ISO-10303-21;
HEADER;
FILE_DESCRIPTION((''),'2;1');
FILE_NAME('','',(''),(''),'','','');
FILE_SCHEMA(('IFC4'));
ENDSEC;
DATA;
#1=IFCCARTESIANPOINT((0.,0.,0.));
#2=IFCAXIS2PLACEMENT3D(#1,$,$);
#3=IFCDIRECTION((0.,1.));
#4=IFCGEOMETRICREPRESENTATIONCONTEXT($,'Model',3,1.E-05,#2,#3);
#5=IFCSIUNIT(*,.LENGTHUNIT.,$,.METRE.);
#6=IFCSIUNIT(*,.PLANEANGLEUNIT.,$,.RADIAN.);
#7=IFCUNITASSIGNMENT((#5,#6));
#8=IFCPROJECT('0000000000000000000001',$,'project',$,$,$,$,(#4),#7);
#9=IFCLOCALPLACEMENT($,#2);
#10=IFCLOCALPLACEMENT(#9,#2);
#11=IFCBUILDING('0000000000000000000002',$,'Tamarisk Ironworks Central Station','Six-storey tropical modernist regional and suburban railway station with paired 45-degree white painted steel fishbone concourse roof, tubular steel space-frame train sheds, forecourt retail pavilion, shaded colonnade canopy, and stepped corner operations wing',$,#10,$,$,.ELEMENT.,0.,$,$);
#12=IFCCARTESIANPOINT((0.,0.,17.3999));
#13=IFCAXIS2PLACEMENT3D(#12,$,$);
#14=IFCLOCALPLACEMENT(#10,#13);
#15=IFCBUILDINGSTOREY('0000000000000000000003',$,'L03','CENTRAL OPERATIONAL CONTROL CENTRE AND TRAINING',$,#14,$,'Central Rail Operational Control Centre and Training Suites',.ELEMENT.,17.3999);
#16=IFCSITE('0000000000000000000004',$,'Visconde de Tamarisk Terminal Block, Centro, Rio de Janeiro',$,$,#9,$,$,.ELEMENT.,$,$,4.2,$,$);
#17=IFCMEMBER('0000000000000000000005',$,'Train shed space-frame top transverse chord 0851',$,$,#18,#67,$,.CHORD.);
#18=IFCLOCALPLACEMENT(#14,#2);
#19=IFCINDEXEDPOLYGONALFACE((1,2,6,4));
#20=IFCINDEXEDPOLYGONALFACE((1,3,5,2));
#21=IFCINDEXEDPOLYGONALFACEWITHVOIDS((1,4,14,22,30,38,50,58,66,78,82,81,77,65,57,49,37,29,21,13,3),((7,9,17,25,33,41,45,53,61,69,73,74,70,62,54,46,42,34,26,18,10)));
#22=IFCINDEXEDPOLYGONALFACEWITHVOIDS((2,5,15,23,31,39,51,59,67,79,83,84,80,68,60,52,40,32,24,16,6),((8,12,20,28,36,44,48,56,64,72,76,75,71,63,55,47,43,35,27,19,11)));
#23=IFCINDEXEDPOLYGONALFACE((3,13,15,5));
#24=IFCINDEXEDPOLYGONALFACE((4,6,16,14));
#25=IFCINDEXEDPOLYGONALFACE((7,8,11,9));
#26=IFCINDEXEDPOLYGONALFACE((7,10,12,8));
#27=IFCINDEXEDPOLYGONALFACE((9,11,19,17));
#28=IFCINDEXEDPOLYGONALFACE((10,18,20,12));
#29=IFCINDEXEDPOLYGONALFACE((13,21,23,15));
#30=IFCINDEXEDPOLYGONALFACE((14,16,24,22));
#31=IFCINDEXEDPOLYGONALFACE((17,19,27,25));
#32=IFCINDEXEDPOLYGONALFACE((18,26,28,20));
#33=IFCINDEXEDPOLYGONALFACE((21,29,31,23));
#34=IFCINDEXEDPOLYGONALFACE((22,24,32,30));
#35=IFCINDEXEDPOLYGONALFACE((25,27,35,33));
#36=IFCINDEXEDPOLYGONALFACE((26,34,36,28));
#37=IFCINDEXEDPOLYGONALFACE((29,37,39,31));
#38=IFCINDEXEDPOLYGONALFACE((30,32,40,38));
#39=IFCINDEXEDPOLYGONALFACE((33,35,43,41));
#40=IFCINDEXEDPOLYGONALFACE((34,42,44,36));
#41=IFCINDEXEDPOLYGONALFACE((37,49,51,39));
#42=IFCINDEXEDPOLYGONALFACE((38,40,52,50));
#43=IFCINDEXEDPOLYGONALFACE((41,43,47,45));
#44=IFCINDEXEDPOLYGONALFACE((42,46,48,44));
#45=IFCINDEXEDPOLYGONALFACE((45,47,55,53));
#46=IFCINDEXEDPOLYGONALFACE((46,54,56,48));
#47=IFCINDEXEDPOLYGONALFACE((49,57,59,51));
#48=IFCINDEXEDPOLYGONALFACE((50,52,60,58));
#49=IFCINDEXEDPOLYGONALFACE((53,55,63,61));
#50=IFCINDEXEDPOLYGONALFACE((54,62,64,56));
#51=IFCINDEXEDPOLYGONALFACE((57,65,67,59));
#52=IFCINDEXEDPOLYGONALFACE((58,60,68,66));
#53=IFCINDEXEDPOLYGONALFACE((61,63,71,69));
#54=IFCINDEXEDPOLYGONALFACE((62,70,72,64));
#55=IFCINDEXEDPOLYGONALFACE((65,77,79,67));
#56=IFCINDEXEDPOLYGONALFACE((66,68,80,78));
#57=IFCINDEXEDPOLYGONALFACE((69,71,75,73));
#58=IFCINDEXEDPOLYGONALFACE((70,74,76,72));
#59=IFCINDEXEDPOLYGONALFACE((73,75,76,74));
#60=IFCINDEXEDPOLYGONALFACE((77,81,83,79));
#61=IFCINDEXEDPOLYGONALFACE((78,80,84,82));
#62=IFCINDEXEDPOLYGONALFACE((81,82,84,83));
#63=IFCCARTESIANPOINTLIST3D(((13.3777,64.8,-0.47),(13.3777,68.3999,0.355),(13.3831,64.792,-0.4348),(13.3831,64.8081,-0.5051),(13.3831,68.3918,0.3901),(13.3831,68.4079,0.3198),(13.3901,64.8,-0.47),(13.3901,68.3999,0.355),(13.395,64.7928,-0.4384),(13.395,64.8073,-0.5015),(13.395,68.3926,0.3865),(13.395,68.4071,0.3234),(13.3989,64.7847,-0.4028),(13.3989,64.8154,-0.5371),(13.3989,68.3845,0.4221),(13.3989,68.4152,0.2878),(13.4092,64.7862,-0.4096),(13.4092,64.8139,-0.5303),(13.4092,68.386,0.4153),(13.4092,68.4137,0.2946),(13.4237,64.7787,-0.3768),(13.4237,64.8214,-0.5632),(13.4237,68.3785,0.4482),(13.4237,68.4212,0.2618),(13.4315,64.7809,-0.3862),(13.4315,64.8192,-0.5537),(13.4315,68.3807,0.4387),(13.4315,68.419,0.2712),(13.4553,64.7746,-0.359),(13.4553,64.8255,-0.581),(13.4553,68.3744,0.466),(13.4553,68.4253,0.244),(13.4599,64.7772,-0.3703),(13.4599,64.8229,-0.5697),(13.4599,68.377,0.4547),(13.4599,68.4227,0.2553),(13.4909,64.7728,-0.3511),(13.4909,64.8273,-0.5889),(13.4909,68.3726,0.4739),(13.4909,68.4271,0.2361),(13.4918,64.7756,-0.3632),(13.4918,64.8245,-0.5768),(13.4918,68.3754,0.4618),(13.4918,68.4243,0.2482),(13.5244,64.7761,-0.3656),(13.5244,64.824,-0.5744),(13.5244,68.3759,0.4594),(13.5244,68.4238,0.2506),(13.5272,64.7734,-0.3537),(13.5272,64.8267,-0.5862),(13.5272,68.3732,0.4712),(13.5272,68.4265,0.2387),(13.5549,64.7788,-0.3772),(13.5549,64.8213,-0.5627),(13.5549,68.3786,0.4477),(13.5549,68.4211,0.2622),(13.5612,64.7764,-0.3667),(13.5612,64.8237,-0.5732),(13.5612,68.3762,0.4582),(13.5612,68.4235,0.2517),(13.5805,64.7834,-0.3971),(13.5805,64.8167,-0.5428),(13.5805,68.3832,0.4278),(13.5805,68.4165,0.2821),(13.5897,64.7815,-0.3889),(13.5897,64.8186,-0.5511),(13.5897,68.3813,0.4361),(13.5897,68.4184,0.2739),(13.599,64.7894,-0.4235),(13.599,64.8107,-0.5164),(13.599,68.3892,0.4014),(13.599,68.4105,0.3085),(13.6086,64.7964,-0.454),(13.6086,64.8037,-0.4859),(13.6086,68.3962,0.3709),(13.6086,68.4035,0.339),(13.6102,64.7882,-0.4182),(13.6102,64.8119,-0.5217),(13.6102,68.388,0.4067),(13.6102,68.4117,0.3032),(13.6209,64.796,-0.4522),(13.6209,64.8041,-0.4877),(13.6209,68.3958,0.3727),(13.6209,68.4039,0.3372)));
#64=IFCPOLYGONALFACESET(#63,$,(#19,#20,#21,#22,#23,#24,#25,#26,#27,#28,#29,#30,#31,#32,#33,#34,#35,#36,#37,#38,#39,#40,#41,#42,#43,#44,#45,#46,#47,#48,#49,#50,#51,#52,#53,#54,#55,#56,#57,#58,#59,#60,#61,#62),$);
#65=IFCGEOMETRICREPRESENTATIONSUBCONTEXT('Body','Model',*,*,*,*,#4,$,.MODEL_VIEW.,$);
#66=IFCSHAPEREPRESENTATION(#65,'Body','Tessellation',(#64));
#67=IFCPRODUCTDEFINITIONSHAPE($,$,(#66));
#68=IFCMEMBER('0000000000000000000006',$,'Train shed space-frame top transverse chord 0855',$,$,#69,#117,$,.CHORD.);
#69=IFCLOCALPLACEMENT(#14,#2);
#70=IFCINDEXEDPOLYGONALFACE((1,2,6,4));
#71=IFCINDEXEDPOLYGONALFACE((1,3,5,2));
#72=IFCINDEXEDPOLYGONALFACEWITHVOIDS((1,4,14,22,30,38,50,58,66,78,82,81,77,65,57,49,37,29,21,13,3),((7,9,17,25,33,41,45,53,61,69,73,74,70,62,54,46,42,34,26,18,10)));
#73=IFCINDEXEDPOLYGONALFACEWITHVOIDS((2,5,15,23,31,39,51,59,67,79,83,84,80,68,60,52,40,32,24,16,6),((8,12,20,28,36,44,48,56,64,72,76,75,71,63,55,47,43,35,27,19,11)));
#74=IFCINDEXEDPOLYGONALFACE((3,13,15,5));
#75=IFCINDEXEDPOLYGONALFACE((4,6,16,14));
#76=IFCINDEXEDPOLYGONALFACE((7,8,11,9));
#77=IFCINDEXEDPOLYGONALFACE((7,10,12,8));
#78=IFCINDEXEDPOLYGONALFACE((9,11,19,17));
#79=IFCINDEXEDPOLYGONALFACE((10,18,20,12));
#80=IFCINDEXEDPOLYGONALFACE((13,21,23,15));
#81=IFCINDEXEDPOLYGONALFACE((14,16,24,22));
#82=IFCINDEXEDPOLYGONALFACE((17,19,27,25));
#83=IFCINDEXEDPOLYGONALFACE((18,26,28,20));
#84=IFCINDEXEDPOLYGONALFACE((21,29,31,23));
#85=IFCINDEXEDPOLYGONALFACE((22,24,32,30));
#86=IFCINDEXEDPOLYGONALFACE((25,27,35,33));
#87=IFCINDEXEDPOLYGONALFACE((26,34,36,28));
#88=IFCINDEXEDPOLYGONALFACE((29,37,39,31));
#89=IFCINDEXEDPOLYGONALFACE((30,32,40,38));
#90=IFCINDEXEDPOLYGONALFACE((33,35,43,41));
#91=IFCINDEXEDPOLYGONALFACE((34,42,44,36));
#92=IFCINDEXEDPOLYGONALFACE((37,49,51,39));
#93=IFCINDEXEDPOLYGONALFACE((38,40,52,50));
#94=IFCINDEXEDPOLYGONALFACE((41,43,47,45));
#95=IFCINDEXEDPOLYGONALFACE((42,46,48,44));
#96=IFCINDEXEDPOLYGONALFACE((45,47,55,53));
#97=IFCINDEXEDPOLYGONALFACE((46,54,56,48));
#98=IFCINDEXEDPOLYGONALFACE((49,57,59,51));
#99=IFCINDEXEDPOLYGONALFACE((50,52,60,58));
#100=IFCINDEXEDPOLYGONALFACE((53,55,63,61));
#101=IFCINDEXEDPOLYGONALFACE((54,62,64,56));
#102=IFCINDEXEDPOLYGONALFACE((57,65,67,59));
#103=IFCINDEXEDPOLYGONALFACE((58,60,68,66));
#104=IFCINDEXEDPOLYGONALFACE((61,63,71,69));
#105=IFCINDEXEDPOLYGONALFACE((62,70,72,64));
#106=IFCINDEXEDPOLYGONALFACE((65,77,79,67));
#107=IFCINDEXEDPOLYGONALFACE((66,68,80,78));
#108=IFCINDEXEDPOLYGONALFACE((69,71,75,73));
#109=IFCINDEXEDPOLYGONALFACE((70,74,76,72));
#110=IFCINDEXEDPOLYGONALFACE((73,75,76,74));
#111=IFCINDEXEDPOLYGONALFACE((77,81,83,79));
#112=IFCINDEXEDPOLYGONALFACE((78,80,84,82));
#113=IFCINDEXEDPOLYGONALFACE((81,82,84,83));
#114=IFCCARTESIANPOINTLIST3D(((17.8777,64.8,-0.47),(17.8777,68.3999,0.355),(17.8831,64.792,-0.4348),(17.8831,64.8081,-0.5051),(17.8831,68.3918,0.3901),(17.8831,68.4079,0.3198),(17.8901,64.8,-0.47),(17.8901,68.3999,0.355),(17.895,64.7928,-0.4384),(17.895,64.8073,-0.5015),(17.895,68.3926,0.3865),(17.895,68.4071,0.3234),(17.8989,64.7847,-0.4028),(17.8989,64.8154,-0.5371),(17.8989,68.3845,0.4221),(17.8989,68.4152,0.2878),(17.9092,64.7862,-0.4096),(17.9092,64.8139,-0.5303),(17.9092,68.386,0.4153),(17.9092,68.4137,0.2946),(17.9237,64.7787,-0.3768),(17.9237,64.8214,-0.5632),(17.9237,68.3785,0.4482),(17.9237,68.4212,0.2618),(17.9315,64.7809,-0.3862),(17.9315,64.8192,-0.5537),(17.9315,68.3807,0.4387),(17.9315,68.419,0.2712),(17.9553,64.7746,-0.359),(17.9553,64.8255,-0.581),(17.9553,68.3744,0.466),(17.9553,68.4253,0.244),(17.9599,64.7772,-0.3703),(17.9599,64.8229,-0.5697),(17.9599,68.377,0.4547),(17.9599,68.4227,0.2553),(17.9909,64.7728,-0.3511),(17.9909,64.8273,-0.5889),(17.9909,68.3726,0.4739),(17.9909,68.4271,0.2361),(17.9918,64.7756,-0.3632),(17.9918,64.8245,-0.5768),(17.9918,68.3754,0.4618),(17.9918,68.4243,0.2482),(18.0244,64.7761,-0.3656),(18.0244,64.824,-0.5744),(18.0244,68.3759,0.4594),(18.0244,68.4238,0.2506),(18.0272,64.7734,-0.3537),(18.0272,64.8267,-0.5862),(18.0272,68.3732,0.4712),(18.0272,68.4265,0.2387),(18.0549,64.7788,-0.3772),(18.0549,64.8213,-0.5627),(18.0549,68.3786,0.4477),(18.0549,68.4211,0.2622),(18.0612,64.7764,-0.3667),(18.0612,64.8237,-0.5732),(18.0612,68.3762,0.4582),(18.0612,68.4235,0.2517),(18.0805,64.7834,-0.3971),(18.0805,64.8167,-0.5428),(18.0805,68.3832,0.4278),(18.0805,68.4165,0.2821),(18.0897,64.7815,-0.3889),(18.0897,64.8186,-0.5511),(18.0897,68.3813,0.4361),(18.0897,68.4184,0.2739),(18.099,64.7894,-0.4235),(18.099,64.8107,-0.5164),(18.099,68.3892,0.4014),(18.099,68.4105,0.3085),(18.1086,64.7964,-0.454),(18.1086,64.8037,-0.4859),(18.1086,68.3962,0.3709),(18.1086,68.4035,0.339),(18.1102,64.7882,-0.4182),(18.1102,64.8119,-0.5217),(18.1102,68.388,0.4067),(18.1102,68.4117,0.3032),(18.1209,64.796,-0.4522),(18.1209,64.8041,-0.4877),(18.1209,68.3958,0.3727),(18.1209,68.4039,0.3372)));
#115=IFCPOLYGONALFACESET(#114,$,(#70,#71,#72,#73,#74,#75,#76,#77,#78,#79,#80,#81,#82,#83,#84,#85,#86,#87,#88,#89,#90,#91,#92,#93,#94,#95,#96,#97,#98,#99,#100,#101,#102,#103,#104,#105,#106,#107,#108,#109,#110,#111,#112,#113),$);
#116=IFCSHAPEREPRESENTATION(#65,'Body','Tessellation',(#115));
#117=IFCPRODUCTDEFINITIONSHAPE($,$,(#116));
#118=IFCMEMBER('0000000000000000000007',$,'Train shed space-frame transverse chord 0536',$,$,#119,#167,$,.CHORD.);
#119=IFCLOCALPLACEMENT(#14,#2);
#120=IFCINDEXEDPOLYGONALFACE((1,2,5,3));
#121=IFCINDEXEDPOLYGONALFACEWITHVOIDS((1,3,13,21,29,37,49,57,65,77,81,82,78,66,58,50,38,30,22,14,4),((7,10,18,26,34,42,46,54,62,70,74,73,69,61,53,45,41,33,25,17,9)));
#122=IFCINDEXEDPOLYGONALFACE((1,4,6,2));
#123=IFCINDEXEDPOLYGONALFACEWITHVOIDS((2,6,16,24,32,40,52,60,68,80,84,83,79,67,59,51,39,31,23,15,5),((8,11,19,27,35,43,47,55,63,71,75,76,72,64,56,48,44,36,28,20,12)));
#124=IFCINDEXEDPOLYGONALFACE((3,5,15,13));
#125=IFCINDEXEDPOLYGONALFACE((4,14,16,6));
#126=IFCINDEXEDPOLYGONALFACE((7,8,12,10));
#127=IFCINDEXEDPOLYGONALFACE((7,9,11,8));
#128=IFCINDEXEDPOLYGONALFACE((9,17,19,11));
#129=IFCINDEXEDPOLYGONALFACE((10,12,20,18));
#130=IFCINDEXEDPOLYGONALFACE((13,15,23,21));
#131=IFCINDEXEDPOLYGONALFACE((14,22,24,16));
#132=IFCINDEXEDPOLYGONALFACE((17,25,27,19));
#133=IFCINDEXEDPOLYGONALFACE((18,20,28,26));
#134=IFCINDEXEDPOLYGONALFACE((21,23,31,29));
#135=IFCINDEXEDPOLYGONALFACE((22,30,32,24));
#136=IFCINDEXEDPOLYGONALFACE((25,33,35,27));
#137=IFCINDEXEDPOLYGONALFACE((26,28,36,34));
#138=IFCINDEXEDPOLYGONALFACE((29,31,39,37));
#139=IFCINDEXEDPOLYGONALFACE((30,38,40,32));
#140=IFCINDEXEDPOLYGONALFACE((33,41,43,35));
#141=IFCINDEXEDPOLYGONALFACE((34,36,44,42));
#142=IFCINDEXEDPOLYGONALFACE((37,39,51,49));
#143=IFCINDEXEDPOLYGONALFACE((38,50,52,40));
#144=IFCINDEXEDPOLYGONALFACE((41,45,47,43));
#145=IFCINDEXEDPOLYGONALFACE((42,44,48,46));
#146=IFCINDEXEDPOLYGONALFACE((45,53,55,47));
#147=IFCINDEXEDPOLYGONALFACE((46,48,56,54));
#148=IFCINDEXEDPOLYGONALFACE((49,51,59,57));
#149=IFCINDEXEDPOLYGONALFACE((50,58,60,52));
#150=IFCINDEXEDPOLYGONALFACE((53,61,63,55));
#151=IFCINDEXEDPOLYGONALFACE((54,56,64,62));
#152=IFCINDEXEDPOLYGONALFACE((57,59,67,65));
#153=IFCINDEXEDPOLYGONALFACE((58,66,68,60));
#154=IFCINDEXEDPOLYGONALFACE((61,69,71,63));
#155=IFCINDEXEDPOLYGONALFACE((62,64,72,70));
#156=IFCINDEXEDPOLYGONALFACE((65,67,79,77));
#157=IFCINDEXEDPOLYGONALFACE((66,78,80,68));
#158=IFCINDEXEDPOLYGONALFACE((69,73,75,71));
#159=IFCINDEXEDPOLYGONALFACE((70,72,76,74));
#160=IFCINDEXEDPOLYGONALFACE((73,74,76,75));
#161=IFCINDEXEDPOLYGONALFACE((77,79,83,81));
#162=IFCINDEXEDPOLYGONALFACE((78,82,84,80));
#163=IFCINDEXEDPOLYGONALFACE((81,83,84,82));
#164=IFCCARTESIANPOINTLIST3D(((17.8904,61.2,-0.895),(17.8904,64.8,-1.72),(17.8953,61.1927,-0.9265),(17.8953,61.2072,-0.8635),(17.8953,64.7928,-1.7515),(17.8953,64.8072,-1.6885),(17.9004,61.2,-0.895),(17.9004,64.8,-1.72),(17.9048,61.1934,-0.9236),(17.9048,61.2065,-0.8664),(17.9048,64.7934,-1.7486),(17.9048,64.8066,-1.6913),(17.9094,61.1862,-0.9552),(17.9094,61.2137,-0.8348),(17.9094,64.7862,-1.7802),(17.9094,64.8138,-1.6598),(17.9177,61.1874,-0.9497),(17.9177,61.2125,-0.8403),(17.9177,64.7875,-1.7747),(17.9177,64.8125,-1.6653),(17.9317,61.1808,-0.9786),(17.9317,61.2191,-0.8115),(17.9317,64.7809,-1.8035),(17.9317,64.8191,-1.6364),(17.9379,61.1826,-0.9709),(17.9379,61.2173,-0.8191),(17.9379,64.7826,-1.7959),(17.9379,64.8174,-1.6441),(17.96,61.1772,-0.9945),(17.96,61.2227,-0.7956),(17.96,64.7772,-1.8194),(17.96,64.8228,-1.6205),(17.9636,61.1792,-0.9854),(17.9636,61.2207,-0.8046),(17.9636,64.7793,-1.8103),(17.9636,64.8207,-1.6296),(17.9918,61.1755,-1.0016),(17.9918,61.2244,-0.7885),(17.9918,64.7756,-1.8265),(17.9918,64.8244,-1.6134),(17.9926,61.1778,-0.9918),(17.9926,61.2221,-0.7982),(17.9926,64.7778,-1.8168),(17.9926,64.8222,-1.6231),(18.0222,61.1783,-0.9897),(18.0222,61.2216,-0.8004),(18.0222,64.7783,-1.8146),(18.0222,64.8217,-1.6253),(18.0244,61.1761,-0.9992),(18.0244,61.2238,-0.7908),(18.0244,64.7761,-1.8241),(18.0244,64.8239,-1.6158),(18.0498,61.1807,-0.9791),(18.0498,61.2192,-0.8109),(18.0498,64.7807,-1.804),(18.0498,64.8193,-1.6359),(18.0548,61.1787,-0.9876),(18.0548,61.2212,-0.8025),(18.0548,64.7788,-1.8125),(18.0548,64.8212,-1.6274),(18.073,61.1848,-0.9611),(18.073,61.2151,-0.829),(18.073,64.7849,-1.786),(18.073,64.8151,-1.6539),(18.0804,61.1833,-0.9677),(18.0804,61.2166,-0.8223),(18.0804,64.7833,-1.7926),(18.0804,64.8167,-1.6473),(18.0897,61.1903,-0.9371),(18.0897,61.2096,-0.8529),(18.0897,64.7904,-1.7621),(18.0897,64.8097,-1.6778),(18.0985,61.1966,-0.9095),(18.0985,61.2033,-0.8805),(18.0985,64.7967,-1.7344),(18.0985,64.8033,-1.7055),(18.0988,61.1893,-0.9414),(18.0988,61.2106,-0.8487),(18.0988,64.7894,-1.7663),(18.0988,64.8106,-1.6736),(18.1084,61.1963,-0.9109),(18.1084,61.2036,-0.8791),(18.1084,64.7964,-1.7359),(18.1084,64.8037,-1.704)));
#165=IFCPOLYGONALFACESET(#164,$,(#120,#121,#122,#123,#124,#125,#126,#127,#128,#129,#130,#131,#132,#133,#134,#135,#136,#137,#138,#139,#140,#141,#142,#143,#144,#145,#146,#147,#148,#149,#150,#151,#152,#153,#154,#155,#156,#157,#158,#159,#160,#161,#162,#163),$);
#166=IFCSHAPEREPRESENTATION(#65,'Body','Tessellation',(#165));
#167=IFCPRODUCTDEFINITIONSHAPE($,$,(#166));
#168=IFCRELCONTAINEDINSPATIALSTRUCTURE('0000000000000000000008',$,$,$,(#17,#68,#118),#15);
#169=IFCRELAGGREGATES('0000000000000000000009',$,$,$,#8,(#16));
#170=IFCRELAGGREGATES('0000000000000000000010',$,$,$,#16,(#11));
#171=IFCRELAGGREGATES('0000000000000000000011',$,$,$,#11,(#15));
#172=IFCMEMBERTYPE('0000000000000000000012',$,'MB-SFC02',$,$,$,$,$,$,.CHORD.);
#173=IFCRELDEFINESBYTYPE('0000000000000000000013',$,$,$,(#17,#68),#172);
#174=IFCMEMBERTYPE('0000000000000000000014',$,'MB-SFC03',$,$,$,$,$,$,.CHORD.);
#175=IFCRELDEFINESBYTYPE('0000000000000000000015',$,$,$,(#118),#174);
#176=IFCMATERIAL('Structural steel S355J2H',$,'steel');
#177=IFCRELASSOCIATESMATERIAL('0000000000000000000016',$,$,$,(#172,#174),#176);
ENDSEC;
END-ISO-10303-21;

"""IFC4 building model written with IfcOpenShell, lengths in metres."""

from ifc_helpers import new_model, si_unit, direction, frame, origin, origin_2d, place, context, subcontext, project, spatial, hollow_circle, extrude, material, material_profile, profile_set, type_object, element, save


model = new_model("IFC4")

# Units and contexts
model_context = context("Model", 3, precision=1e-05, world=origin(), true_north=direction((0.0, 1.0)))
body_context = subcontext(model_context, "Body", "Model", "MODEL_VIEW")
ifc_project = project(units=[si_unit("LENGTHUNIT", "METRE"), si_unit("PLANEANGLEUNIT", "RADIAN")], contexts=[model_context])

# Site, building, storey
site_placement = place(None, origin())
site = spatial("IfcSite", under=ifc_project, at=site_placement, Name="Visconde de Tamarisk Terminal Block, Centro, Rio de Janeiro", CompositionType="ELEMENT", RefElevation=4.2)
building_placement = place(site_placement, origin())
building = spatial("IfcBuilding", under=site, at=building_placement, Name="Tamarisk Ironworks Central Station", Description="Six-storey tropical modernist regional and suburban railway station with paired 45-degree white painted steel fishbone concourse roof, tubular steel space-frame train sheds, forecourt retail pavilion, shaded colonnade canopy, and stepped corner operations wing", CompositionType="ELEMENT", ElevationOfRefHeight=0.0)
storey_placement = place(building_placement, frame((0.0, 0.0, 17.3999)))
storey = spatial("IfcBuildingStorey", under=building, at=storey_placement, Name="L03", Description="CENTRAL OPERATIONAL CONTROL CENTRE AND TRAINING", LongName="Central Rail Operational Control Centre and Training Suites", CompositionType="ELEMENT", Elevation=17.3999)

# Members
ifc_material_1 = material(Name="Structural steel S355J2H", Category="steel")
ifc_material_profile_1 = material_profile(ifc_material_1, hollow_circle(Radius=0.1223, WallThickness=0.0125, at=origin_2d()), Name="CHS 244.5x12.5")
ifc_profile_set_1 = profile_set([ifc_material_profile_1], Name="Structural steel S355J2H")
member_type_1 = type_object("IfcMemberType", Name="MB-SFC02", PredefinedType="CHORD", material=ifc_profile_set_1)
for number, where, z_axis, x_axis, name in (
    (1, (13.5, 64.8, -0.47), (0.0, 0.974733, 0.223372), (-1.0, 0.0, 0.0), "Train shed space-frame top transverse chord 0851"),
    (2, (18.0, 64.8, -0.47), (0.0, 0.974733, 0.223372), (-1.0, 0.0, 0.0), "Train shed space-frame top transverse chord 0855"),
):
    element("IfcMember", number, at=place(storey_placement, frame(where, z_axis=z_axis, x_axis=x_axis)), inside=storey, type_object=member_type_1, Name=name, PredefinedType="CHORD", context=body_context, shape_type="SweptSolid", body=[
        extrude(hollow_circle(Radius=0.1223, WallThickness=0.0125, at=origin_2d()), origin(), (0.0, 0.0, 1.0), 3.6931),
    ])
ifc_material_profile_2 = material_profile(ifc_material_1, hollow_circle(Radius=0.1096, WallThickness=0.01, at=origin_2d()), Name="CHS 219.1x10")
ifc_profile_set_2 = profile_set([ifc_material_profile_2], Name="Structural steel S355J2H")
member_type_2 = type_object("IfcMemberType", Name="MB-SFC03", PredefinedType="CHORD", material=ifc_profile_set_2)
member_1_placement = place(storey_placement, frame((18.0, 61.2, -0.895), z_axis=(0.0, 0.974737, -0.223358), x_axis=(-1.0, 0.0, 0.0)))
element("IfcMember", 3, at=member_1_placement, inside=storey, type_object=member_type_2, Name="Train shed space-frame transverse chord 0536", PredefinedType="CHORD", context=body_context, shape_type="SweptSolid", body=[
    extrude(hollow_circle(Radius=0.1096, WallThickness=0.01, at=origin_2d()), origin(), (0.0, 0.0, 1.0), 3.6934),
])

save(model, "model.ifc")
